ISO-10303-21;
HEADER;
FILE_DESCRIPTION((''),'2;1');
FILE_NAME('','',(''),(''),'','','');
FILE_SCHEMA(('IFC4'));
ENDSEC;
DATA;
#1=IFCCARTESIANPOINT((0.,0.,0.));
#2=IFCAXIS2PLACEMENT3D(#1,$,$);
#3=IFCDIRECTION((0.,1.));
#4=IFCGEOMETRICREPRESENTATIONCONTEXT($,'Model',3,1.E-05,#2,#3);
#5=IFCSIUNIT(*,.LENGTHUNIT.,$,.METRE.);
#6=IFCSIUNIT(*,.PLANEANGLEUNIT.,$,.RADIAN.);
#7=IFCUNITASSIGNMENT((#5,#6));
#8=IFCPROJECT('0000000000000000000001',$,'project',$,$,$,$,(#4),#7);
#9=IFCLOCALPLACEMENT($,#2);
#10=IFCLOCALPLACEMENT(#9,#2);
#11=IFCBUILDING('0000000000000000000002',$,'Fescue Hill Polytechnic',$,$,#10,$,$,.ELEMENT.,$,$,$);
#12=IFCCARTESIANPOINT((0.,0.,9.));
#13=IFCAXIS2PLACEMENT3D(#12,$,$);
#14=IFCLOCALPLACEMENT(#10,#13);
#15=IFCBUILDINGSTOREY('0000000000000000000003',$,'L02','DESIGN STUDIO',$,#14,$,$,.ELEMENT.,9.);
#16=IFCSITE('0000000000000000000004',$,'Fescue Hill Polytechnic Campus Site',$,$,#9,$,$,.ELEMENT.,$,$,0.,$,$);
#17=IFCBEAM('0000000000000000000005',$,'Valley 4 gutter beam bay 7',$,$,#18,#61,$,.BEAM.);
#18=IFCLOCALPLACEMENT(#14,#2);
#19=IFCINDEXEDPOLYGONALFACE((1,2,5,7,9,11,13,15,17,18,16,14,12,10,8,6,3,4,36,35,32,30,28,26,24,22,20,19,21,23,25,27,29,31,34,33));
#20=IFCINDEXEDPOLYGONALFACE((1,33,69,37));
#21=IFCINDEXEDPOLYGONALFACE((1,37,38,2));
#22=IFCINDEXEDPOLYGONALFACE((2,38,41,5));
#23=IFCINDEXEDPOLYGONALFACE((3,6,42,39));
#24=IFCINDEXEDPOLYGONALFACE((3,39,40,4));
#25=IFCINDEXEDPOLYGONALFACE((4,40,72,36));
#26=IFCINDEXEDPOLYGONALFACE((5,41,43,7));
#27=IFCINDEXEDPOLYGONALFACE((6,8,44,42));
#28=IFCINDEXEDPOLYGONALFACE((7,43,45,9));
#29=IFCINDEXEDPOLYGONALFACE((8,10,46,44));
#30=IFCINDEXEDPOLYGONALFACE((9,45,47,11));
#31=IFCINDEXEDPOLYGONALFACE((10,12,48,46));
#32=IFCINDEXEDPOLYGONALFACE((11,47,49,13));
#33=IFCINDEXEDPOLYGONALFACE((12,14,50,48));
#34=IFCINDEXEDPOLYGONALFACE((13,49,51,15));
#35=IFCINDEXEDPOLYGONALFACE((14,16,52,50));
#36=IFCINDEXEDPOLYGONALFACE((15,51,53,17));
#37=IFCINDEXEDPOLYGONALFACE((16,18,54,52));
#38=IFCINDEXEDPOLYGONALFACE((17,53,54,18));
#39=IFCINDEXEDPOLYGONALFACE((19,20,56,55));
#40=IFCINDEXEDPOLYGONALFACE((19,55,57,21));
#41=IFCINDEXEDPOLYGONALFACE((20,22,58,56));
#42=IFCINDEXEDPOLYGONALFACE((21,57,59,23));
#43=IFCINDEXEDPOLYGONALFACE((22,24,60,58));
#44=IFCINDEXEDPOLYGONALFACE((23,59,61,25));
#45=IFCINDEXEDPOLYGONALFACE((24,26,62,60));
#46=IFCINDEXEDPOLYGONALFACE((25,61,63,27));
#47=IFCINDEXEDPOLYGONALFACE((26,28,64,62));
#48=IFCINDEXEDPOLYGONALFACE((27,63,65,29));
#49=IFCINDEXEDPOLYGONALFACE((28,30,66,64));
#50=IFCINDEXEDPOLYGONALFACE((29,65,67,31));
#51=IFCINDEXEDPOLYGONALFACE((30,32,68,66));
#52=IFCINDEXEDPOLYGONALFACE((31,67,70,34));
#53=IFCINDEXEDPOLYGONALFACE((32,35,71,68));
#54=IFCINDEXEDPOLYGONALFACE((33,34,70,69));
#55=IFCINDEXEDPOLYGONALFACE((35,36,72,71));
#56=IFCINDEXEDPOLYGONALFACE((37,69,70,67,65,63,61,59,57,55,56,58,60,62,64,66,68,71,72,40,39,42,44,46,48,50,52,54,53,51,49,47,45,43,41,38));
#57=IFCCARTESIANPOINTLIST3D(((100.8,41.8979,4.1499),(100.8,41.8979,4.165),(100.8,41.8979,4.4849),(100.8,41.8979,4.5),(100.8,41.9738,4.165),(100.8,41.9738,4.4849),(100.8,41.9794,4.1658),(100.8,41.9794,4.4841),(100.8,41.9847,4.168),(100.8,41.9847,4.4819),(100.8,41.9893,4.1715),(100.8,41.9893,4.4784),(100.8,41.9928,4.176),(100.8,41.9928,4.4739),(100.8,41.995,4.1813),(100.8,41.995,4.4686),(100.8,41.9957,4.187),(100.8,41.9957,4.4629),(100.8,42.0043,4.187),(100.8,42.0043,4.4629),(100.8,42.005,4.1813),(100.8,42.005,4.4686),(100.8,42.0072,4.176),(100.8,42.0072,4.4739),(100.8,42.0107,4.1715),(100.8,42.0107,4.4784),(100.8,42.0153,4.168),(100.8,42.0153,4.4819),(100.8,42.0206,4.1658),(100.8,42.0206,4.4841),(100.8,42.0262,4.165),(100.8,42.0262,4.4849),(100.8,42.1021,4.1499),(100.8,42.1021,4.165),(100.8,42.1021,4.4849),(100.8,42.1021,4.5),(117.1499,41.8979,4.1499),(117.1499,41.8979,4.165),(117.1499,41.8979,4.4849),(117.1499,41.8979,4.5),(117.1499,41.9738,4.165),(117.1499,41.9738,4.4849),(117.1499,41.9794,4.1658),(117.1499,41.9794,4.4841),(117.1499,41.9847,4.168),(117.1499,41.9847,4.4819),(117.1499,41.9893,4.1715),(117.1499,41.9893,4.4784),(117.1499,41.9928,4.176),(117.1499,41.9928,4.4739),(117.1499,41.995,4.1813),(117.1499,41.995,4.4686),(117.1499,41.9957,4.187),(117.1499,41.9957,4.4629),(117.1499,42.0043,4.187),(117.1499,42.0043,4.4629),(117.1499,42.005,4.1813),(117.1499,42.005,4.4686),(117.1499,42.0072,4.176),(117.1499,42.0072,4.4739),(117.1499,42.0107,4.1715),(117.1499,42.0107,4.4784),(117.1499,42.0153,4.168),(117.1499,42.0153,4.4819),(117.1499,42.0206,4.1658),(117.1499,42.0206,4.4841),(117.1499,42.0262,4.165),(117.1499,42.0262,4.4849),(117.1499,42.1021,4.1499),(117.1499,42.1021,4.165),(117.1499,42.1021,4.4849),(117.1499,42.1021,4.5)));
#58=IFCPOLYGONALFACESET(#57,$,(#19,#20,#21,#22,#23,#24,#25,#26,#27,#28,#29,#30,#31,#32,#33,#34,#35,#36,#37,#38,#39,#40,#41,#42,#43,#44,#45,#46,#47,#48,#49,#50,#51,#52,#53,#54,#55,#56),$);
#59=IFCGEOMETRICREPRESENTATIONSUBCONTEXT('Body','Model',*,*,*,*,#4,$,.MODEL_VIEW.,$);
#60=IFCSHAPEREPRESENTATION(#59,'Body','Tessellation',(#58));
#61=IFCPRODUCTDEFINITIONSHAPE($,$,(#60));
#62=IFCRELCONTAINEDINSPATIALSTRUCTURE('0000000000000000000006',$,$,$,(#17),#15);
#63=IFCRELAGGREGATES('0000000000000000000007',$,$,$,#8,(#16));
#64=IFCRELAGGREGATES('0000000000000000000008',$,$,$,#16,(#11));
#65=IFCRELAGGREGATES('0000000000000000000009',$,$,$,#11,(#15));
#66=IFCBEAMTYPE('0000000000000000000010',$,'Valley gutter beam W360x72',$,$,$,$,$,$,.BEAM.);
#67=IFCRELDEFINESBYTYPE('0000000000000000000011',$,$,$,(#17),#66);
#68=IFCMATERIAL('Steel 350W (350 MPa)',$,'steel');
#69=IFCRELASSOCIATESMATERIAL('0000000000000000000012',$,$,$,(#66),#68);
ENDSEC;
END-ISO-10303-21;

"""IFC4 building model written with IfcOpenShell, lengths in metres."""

from ifc_helpers import new_model, si_unit, direction, frame, origin, origin_2d, place, context, subcontext, project, spatial, i_section, extrude, material, material_profile, profile_set, type_object, element, save


model = new_model("IFC4")

# Units and contexts
model_context = context("Model", 3, precision=1e-05, world=origin(), true_north=direction((0.0, 1.0)))
body_context = subcontext(model_context, "Body", "Model", "MODEL_VIEW")
ifc_project = project(units=[si_unit("LENGTHUNIT", "METRE"), si_unit("PLANEANGLEUNIT", "RADIAN")], contexts=[model_context])

# Site, building, storey
site_placement = place(None, origin())
site = spatial("IfcSite", under=ifc_project, at=site_placement, Name="Fescue Hill Polytechnic Campus Site", CompositionType="ELEMENT", RefElevation=0.0)
building_placement = place(site_placement, origin())
building = spatial("IfcBuilding", under=site, at=building_placement, Name="Fescue Hill Polytechnic", CompositionType="ELEMENT")
storey_placement = place(building_placement, frame((0.0, 0.0, 9.0)))
storey = spatial("IfcBuildingStorey", under=building, at=storey_placement, Name="L02", Description="DESIGN STUDIO", CompositionType="ELEMENT", Elevation=9.0)

# Shared definitions
ifc_material = material(Name="Steel 350W (350 MPa)", Category="steel")

# Beam
ifc_material_profile_1 = material_profile(ifc_material, i_section(OverallWidth=0.2041, OverallDepth=0.3501, WebThickness=0.0085, FlangeThickness=0.0151, FilletRadius=0.022, at=origin_2d()), Name="W360x72")
ifc_profile_set_1 = profile_set([ifc_material_profile_1], Name="Steel 350W (350 MPa)")
beam_type = type_object("IfcBeamType", Name="Valley gutter beam W360x72", PredefinedType="BEAM", material=ifc_profile_set_1)
beam_1_placement = place(storey_placement, frame((100.8, 42.0, 4.325), z_axis=(1.0, 0.0, 0.0), x_axis=(0.0, 1.0, 0.0)))
element("IfcBeam", 1, at=beam_1_placement, inside=storey, type_object=beam_type, Name="Valley 4 gutter beam bay 7", PredefinedType="BEAM", context=body_context, shape_type="SweptSolid", body=[
    extrude(i_section(OverallWidth=0.2041, OverallDepth=0.3501, WebThickness=0.0085, FlangeThickness=0.0151, FilletRadius=0.022, at=origin_2d()), origin(), (0.0, 0.0, 1.0), 16.3499),
])

save(model, "model.ifc")
